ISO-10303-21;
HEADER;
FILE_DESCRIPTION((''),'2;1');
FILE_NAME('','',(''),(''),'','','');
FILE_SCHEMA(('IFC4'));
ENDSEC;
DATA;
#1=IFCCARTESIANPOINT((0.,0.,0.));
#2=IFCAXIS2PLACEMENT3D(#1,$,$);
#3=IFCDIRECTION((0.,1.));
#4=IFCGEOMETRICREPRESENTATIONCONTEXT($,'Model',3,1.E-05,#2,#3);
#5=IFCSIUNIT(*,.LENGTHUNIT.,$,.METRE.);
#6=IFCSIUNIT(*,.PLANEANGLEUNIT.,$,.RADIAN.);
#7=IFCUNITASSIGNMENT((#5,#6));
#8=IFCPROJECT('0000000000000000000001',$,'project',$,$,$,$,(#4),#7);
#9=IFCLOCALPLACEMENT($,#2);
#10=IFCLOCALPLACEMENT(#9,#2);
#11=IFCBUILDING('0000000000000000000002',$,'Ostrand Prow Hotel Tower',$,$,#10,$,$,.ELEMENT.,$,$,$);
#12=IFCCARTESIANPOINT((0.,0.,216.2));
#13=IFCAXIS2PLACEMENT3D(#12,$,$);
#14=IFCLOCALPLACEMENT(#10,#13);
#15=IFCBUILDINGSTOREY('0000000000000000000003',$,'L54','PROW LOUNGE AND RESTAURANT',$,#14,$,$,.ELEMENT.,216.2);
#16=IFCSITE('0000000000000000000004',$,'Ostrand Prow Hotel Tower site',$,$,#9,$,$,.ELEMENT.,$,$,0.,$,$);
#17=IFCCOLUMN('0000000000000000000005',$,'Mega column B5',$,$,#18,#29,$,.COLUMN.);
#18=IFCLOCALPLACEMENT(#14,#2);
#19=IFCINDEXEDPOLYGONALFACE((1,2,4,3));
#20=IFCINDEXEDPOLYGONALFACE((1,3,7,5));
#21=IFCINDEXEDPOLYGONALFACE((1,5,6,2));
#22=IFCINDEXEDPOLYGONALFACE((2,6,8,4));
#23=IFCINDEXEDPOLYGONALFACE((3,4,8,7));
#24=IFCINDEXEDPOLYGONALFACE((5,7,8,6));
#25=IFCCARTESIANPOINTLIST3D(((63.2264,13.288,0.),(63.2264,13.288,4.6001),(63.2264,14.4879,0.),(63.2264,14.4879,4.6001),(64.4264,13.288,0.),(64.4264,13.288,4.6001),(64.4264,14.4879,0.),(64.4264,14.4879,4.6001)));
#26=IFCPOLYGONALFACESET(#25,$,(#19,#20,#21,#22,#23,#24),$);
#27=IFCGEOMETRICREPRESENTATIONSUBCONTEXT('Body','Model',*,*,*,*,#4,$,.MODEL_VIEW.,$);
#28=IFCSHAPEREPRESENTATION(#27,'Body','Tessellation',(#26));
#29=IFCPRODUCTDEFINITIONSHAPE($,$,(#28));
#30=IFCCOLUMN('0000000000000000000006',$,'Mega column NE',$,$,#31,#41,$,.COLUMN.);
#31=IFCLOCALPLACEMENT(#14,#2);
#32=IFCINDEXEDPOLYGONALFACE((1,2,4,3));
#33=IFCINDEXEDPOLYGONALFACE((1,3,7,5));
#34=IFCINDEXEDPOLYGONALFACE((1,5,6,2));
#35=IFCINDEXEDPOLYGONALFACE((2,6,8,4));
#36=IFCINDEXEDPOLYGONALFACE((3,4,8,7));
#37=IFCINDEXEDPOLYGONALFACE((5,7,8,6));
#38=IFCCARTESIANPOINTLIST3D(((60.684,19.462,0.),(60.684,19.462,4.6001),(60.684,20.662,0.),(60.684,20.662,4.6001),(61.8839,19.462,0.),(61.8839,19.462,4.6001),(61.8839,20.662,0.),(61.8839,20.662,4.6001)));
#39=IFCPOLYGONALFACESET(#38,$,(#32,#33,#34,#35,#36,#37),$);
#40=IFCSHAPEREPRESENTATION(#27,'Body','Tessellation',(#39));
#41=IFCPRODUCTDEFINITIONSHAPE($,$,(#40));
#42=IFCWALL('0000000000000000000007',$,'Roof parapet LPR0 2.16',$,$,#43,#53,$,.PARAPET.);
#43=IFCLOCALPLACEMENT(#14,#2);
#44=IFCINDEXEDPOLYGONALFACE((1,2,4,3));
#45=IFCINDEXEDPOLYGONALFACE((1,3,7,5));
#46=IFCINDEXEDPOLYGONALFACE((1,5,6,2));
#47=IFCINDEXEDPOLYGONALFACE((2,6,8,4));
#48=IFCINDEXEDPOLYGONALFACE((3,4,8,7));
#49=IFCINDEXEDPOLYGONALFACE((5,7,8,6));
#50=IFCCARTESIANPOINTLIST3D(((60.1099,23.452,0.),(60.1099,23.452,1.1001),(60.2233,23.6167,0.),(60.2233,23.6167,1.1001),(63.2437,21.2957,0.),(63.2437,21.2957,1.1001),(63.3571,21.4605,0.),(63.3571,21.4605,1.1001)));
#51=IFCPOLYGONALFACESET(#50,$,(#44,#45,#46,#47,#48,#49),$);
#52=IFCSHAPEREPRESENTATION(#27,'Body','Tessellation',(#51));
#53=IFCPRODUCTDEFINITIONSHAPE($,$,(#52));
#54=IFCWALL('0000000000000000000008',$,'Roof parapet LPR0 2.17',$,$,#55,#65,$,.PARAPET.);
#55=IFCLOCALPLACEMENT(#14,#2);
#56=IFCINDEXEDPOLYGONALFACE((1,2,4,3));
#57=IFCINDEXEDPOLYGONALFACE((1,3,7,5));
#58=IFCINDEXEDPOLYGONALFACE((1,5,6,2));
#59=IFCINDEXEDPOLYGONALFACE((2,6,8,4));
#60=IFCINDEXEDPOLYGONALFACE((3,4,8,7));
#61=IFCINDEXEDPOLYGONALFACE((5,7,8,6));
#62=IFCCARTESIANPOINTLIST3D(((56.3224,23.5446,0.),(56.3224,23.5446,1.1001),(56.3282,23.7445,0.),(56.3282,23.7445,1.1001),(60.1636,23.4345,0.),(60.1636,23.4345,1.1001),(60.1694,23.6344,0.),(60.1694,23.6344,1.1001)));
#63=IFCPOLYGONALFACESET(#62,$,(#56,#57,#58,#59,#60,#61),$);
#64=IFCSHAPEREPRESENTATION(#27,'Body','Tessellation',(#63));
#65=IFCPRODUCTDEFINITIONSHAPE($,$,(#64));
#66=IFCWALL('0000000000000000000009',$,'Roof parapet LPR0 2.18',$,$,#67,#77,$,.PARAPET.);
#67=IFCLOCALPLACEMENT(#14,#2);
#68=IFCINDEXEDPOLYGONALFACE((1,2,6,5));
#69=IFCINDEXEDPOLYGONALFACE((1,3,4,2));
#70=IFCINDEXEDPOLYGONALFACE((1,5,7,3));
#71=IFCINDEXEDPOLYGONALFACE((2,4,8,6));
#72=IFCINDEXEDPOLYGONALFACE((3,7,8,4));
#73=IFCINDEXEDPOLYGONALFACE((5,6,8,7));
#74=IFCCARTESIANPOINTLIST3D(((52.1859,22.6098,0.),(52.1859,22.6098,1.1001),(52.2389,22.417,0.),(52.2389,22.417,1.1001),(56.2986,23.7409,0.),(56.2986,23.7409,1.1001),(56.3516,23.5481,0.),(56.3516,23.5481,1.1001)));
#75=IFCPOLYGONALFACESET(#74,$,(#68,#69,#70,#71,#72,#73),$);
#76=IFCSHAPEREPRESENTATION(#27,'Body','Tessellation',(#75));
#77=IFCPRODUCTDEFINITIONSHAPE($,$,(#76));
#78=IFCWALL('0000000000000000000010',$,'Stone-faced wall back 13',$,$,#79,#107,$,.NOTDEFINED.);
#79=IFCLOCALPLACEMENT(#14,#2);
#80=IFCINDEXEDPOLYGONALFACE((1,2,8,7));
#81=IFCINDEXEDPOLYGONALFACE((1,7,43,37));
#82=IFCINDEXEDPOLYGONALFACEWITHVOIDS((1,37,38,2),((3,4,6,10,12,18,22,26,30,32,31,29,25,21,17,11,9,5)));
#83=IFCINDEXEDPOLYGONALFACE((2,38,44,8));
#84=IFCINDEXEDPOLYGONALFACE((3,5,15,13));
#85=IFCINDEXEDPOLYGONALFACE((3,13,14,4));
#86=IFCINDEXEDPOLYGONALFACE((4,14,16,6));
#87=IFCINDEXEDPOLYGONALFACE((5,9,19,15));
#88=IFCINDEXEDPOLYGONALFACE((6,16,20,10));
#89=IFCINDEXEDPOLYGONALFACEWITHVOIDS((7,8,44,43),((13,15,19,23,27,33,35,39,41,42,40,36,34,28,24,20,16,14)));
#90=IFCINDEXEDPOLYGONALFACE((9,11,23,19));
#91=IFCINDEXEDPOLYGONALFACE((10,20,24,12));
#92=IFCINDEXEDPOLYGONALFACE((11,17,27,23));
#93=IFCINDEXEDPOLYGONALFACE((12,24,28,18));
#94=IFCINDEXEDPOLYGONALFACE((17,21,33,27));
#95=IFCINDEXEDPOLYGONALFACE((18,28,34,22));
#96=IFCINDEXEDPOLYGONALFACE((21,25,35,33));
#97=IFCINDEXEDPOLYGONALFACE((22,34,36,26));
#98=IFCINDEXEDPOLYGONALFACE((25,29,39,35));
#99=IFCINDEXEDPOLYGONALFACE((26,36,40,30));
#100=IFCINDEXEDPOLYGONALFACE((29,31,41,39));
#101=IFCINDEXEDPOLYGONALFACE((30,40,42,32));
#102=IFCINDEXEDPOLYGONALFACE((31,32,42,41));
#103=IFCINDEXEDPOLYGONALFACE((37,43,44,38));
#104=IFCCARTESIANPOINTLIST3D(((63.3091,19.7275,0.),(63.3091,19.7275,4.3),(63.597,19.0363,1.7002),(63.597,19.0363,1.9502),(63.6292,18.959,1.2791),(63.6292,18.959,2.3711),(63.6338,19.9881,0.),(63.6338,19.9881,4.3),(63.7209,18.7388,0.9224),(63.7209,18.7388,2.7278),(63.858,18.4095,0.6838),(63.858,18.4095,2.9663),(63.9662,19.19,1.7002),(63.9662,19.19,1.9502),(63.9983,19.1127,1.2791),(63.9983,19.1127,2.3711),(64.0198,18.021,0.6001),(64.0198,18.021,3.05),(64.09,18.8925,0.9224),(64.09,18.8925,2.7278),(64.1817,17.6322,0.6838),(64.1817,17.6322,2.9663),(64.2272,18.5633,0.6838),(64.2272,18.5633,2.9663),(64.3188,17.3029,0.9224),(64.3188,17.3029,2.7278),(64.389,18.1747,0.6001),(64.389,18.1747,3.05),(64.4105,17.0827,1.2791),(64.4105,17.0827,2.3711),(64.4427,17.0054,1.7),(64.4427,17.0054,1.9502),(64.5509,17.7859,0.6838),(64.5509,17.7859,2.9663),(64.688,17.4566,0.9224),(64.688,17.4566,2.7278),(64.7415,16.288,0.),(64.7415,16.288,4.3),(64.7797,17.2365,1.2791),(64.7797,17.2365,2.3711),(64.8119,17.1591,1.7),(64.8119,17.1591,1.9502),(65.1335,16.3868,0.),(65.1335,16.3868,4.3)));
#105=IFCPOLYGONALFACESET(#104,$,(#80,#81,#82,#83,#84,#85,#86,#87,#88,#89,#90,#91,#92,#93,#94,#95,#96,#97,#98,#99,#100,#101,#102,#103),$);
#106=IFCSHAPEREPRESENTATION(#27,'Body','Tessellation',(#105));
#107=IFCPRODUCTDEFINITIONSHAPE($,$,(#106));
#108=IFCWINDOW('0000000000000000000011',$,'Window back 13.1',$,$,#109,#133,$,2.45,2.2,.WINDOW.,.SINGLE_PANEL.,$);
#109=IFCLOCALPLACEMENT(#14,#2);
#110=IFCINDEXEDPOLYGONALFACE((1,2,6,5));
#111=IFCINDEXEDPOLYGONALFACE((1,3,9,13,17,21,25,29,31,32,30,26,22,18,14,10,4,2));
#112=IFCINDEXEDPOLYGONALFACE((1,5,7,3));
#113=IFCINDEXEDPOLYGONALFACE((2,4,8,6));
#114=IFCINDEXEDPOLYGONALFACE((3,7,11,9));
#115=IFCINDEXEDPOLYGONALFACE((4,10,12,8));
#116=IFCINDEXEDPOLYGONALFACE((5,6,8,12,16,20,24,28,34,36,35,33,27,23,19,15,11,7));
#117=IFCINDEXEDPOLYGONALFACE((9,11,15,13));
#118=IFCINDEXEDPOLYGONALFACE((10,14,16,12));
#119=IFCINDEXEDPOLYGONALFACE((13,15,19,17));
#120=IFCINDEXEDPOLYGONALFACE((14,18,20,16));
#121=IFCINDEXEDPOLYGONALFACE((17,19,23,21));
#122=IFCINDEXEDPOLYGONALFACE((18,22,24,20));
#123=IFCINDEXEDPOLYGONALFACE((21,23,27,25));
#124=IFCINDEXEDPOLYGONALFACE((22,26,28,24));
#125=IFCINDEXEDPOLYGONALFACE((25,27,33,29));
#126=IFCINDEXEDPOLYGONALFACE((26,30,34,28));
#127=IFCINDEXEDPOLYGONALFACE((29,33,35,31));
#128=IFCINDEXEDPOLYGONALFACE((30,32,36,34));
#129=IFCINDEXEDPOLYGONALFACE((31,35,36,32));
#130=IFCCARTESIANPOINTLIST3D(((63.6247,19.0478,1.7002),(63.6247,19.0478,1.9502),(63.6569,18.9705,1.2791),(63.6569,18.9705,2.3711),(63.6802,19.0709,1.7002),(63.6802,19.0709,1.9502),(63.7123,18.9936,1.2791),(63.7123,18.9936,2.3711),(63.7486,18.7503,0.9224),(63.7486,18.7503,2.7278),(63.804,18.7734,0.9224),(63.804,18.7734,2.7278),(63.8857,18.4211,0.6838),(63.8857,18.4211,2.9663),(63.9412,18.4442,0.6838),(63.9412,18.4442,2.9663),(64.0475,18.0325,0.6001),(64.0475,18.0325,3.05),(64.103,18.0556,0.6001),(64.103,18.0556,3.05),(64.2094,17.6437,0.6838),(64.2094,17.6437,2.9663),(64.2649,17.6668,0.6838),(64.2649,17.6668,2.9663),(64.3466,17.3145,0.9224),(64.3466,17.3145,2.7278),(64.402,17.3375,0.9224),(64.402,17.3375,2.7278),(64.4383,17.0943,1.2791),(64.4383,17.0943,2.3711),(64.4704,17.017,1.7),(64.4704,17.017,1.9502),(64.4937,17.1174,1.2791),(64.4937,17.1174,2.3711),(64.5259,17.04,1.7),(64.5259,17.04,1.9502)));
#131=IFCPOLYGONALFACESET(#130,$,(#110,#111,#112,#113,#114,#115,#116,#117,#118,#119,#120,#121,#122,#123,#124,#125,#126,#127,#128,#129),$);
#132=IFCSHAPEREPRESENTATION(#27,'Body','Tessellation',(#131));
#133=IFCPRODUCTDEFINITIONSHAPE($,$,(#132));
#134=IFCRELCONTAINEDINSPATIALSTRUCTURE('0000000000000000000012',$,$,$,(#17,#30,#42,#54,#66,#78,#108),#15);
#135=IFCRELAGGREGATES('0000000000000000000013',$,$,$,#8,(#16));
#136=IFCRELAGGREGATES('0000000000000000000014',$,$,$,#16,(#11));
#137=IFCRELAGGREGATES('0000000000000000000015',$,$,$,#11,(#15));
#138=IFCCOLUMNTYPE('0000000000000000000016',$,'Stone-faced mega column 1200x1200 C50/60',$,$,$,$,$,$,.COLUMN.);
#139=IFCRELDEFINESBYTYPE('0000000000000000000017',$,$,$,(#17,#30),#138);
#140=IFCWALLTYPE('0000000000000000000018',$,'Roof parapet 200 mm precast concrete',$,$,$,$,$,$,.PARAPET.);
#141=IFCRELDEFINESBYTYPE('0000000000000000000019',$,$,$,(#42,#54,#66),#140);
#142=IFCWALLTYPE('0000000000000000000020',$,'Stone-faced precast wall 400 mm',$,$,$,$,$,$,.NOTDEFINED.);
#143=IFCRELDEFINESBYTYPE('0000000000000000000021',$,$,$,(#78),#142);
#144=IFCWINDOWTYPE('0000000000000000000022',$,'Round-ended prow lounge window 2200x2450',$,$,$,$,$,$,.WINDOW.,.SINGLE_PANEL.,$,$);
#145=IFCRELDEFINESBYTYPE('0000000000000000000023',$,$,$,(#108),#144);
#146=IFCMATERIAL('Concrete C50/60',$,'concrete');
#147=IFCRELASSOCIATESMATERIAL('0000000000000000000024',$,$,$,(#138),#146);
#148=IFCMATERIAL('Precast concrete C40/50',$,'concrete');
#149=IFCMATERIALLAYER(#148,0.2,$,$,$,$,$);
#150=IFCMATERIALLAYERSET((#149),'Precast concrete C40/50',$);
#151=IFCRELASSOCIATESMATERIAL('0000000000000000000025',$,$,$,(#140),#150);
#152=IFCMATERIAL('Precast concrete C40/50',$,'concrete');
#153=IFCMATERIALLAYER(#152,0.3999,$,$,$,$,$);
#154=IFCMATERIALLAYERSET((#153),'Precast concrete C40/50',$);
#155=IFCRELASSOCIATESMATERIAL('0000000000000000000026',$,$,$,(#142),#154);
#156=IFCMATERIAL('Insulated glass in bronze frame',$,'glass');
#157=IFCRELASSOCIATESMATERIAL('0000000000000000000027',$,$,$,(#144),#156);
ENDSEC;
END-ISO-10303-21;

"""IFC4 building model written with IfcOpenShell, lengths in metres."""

from ifc_helpers import new_model, si_unit, direction, frame, frame_2d, origin, origin_2d, place, context, subcontext, project, spatial, polyline, rectangle, outline, extrude, material, layer, layer_set, material_profile, profile_set, type_object, element, fill, save


model = new_model("IFC4")

# Units and contexts
model_context = context("Model", 3, precision=1e-05, world=origin(), true_north=direction((0.0, 1.0)))
body_context = subcontext(model_context, "Body", "Model", "MODEL_VIEW")
ifc_project = project(units=[si_unit("LENGTHUNIT", "METRE"), si_unit("PLANEANGLEUNIT", "RADIAN")], contexts=[model_context])

# Site, building, storey
site_placement = place(None, origin())
site = spatial("IfcSite", under=ifc_project, at=site_placement, Name="Ostrand Prow Hotel Tower site", CompositionType="ELEMENT", RefElevation=0.0)
building_placement = place(site_placement, origin())
building = spatial("IfcBuilding", under=site, at=building_placement, Name="Ostrand Prow Hotel Tower", CompositionType="ELEMENT")
storey_placement = place(building_placement, frame((0.0, 0.0, 216.2)))
storey = spatial("IfcBuildingStorey", under=building, at=storey_placement, Name="L54", Description="PROW LOUNGE AND RESTAURANT", CompositionType="ELEMENT", Elevation=216.2)

# Columns
ifc_material_1 = material(Name="Concrete C50/60", Category="concrete")
ifc_material_profile = material_profile(ifc_material_1, rectangle(XDim=1.2, YDim=1.2, at=origin_2d()), Name="RC 1200x1200")
ifc_profile_set = profile_set([ifc_material_profile], Name="Concrete C50/60")
column_type = type_object("IfcColumnType", Name="Stone-faced mega column 1200x1200 C50/60", PredefinedType="COLUMN", material=ifc_profile_set)
for number, where, z_axis, x_axis, name in (
    (1, (63.8264, 13.8879, 0.0), (0.0, 0.0, 1.0), (1.0, 0.0, 0.0), "Mega column B5"),
    (2, (61.2839, 20.062, 0.0), (0.0, 0.0, 1.0), (1.0, 0.0, 0.0), "Mega column NE"),
):
    element("IfcColumn", number, at=place(storey_placement, frame(where, z_axis=z_axis, x_axis=x_axis)), inside=storey, type_object=column_type, Name=name, PredefinedType="COLUMN", context=body_context, shape_type="SweptSolid", body=[
        extrude(rectangle(XDim=1.2, YDim=1.2, at=origin_2d()), origin(), (0.0, 0.0, 1.0), 4.6001),
    ])

# Walls
ifc_material_2 = material(Name="Precast concrete C40/50", Category="concrete")
ifc_layer_1 = layer(ifc_material_2, 0.2)
ifc_layer_set_1 = layer_set([ifc_layer_1], Name="Precast concrete C40/50")
wall_type_1 = type_object("IfcWallType", Name="Roof parapet 200 mm precast concrete", PredefinedType="PARAPET", material=ifc_layer_set_1)
wall_1_placement = place(storey_placement, frame((63.3003, 21.3782, 0.0), z_axis=(0.0, 0.0, 1.0), x_axis=(-0.823825, 0.566845, 0.0)))
element("IfcWall", 3, at=wall_1_placement, inside=storey, type_object=wall_type_1, Name="Roof parapet LPR0 2.16", PredefinedType="PARAPET", context=body_context, shape_type="SweptSolid", body=[
    extrude(rectangle(XDim=3.804, YDim=0.2, at=frame_2d((1.9019, 0.0))), origin(), (0.0, 0.0, 1.0), 1.1001),
])
wall_2_placement = place(storey_placement, frame((60.1665, 23.5344, 0.0), z_axis=(0.0, 0.0, 1.0), x_axis=(-0.999589, 0.028652, 0.0)))
element("IfcWall", 4, at=wall_2_placement, inside=storey, type_object=wall_type_1, Name="Roof parapet LPR0 2.17", PredefinedType="PARAPET", context=body_context, shape_type="SweptSolid", body=[
    extrude(rectangle(XDim=3.8428, YDim=0.2, at=frame_2d((1.9214, 0.0))), origin(), (0.0, 0.0, 1.0), 1.1001),
])
wall_3_placement = place(storey_placement, frame((56.3252, 23.6445, 0.0), z_axis=(0.0, 0.0, 1.0), x_axis=(-0.964196, -0.26519, 0.0)))
element("IfcWall", 5, at=wall_3_placement, inside=storey, type_object=wall_type_1, Name="Roof parapet LPR0 2.18", PredefinedType="PARAPET", context=body_context, shape_type="SweptSolid", body=[
    extrude(rectangle(XDim=4.2654, YDim=0.2, at=frame_2d((2.1328, 0.0))), origin(), (0.0, 0.0, 1.0), 1.1001),
])

# Wall, opening, window
ifc_material_3 = material(Name="Precast concrete C40/50", Category="concrete")
ifc_layer_2 = layer(ifc_material_3, 0.3999)
ifc_layer_set_2 = layer_set([ifc_layer_2], Name="Precast concrete C40/50")
wall_type_2 = type_object("IfcWallType", Name="Stone-faced precast wall 400 mm", PredefinedType="NOTDEFINED", material=ifc_layer_set_2)
wall_4_placement = place(storey_placement, frame((64.9375, 16.3374, 0.0), z_axis=(0.0, 0.0, 1.0), x_axis=(-0.384434, 0.923153, 0.0)))
wall_4 = element("IfcWall", 6, at=wall_4_placement, inside=storey, type_object=wall_type_2, Name="Stone-faced wall back 13", PredefinedType="NOTDEFINED", context=body_context, shape_type="SweptSolid", body=[
    extrude(outline(polyline([(-0.0298, -0.2), (3.8713, -0.2), (3.7556, 0.2), (0.0298, 0.2), (-0.0298, -0.2)])), origin(), (0.0, 0.0, 1.0), 4.3),
])
opening_1_placement = place(wall_4_placement, frame((0.8069, 0.0, 0.6001)))
opening_1 = element("IfcOpeningElement", 7, at=opening_1_placement, cuts=wall_4, PredefinedType="OPENING", context=body_context, shape_type="SweptSolid", body=[
    extrude(outline(polyline([(0.0, 1.3501), (0.0837, 1.771), (0.3223, 2.1277), (0.679, 2.3662), (1.1001, 2.45), (1.521, 2.3662), (1.8777, 2.1277), (2.1162, 1.771), (2.2, 1.3501), (2.2, 1.1001), (2.1162, 0.679), (1.8777, 0.3223), (1.521, 0.0837), (1.1001, 0.0), (0.679, 0.0837), (0.3223, 0.3223), (0.0837, 0.679), (0.0, 1.0999), (0.0, 1.3501)])), frame((0.0, 0.21, 0.0), z_axis=(0.0, -1.0, 0.0), x_axis=(1.0, 0.0, 0.0)), (0.0, 0.0, 1.0), 0.4199),
])
ifc_material_4 = material(Name="Insulated glass in bronze frame", Category="glass")
window_type = type_object("IfcWindowType", Name="Round-ended prow lounge window 2200x2450", PartitioningType="SINGLE_PANEL", PredefinedType="WINDOW", material=ifc_material_4)
window_1_placement = place(opening_1_placement, origin())
window_1 = element("IfcWindow", 8, at=window_1_placement, inside=storey, type_object=window_type, Name="Window back 13.1", OverallHeight=2.45, OverallWidth=2.2, PartitioningType="SINGLE_PANEL", PredefinedType="WINDOW", context=body_context, shape_type="SweptSolid", body=[
    extrude(outline(polyline([(0.0, 1.3501), (0.0837, 1.771), (0.3223, 2.1277), (0.679, 2.3662), (1.1001, 2.45), (1.521, 2.3662), (1.8777, 2.1277), (2.1162, 1.771), (2.2, 1.3501), (2.2, 1.1001), (2.1162, 0.679), (1.8777, 0.3223), (1.521, 0.0837), (1.1001, 0.0), (0.679, 0.0837), (0.3223, 0.3223), (0.0837, 0.679), (0.0, 1.0999), (0.0, 1.3501)])), frame((0.0, 0.1699, 0.0), z_axis=(0.0, -1.0, 0.0), x_axis=(1.0, 0.0, 0.0)), (0.0, 0.0, 1.0), 0.0601),
])
fill(opening_1, window_1)

save(model, "model.ifc")
